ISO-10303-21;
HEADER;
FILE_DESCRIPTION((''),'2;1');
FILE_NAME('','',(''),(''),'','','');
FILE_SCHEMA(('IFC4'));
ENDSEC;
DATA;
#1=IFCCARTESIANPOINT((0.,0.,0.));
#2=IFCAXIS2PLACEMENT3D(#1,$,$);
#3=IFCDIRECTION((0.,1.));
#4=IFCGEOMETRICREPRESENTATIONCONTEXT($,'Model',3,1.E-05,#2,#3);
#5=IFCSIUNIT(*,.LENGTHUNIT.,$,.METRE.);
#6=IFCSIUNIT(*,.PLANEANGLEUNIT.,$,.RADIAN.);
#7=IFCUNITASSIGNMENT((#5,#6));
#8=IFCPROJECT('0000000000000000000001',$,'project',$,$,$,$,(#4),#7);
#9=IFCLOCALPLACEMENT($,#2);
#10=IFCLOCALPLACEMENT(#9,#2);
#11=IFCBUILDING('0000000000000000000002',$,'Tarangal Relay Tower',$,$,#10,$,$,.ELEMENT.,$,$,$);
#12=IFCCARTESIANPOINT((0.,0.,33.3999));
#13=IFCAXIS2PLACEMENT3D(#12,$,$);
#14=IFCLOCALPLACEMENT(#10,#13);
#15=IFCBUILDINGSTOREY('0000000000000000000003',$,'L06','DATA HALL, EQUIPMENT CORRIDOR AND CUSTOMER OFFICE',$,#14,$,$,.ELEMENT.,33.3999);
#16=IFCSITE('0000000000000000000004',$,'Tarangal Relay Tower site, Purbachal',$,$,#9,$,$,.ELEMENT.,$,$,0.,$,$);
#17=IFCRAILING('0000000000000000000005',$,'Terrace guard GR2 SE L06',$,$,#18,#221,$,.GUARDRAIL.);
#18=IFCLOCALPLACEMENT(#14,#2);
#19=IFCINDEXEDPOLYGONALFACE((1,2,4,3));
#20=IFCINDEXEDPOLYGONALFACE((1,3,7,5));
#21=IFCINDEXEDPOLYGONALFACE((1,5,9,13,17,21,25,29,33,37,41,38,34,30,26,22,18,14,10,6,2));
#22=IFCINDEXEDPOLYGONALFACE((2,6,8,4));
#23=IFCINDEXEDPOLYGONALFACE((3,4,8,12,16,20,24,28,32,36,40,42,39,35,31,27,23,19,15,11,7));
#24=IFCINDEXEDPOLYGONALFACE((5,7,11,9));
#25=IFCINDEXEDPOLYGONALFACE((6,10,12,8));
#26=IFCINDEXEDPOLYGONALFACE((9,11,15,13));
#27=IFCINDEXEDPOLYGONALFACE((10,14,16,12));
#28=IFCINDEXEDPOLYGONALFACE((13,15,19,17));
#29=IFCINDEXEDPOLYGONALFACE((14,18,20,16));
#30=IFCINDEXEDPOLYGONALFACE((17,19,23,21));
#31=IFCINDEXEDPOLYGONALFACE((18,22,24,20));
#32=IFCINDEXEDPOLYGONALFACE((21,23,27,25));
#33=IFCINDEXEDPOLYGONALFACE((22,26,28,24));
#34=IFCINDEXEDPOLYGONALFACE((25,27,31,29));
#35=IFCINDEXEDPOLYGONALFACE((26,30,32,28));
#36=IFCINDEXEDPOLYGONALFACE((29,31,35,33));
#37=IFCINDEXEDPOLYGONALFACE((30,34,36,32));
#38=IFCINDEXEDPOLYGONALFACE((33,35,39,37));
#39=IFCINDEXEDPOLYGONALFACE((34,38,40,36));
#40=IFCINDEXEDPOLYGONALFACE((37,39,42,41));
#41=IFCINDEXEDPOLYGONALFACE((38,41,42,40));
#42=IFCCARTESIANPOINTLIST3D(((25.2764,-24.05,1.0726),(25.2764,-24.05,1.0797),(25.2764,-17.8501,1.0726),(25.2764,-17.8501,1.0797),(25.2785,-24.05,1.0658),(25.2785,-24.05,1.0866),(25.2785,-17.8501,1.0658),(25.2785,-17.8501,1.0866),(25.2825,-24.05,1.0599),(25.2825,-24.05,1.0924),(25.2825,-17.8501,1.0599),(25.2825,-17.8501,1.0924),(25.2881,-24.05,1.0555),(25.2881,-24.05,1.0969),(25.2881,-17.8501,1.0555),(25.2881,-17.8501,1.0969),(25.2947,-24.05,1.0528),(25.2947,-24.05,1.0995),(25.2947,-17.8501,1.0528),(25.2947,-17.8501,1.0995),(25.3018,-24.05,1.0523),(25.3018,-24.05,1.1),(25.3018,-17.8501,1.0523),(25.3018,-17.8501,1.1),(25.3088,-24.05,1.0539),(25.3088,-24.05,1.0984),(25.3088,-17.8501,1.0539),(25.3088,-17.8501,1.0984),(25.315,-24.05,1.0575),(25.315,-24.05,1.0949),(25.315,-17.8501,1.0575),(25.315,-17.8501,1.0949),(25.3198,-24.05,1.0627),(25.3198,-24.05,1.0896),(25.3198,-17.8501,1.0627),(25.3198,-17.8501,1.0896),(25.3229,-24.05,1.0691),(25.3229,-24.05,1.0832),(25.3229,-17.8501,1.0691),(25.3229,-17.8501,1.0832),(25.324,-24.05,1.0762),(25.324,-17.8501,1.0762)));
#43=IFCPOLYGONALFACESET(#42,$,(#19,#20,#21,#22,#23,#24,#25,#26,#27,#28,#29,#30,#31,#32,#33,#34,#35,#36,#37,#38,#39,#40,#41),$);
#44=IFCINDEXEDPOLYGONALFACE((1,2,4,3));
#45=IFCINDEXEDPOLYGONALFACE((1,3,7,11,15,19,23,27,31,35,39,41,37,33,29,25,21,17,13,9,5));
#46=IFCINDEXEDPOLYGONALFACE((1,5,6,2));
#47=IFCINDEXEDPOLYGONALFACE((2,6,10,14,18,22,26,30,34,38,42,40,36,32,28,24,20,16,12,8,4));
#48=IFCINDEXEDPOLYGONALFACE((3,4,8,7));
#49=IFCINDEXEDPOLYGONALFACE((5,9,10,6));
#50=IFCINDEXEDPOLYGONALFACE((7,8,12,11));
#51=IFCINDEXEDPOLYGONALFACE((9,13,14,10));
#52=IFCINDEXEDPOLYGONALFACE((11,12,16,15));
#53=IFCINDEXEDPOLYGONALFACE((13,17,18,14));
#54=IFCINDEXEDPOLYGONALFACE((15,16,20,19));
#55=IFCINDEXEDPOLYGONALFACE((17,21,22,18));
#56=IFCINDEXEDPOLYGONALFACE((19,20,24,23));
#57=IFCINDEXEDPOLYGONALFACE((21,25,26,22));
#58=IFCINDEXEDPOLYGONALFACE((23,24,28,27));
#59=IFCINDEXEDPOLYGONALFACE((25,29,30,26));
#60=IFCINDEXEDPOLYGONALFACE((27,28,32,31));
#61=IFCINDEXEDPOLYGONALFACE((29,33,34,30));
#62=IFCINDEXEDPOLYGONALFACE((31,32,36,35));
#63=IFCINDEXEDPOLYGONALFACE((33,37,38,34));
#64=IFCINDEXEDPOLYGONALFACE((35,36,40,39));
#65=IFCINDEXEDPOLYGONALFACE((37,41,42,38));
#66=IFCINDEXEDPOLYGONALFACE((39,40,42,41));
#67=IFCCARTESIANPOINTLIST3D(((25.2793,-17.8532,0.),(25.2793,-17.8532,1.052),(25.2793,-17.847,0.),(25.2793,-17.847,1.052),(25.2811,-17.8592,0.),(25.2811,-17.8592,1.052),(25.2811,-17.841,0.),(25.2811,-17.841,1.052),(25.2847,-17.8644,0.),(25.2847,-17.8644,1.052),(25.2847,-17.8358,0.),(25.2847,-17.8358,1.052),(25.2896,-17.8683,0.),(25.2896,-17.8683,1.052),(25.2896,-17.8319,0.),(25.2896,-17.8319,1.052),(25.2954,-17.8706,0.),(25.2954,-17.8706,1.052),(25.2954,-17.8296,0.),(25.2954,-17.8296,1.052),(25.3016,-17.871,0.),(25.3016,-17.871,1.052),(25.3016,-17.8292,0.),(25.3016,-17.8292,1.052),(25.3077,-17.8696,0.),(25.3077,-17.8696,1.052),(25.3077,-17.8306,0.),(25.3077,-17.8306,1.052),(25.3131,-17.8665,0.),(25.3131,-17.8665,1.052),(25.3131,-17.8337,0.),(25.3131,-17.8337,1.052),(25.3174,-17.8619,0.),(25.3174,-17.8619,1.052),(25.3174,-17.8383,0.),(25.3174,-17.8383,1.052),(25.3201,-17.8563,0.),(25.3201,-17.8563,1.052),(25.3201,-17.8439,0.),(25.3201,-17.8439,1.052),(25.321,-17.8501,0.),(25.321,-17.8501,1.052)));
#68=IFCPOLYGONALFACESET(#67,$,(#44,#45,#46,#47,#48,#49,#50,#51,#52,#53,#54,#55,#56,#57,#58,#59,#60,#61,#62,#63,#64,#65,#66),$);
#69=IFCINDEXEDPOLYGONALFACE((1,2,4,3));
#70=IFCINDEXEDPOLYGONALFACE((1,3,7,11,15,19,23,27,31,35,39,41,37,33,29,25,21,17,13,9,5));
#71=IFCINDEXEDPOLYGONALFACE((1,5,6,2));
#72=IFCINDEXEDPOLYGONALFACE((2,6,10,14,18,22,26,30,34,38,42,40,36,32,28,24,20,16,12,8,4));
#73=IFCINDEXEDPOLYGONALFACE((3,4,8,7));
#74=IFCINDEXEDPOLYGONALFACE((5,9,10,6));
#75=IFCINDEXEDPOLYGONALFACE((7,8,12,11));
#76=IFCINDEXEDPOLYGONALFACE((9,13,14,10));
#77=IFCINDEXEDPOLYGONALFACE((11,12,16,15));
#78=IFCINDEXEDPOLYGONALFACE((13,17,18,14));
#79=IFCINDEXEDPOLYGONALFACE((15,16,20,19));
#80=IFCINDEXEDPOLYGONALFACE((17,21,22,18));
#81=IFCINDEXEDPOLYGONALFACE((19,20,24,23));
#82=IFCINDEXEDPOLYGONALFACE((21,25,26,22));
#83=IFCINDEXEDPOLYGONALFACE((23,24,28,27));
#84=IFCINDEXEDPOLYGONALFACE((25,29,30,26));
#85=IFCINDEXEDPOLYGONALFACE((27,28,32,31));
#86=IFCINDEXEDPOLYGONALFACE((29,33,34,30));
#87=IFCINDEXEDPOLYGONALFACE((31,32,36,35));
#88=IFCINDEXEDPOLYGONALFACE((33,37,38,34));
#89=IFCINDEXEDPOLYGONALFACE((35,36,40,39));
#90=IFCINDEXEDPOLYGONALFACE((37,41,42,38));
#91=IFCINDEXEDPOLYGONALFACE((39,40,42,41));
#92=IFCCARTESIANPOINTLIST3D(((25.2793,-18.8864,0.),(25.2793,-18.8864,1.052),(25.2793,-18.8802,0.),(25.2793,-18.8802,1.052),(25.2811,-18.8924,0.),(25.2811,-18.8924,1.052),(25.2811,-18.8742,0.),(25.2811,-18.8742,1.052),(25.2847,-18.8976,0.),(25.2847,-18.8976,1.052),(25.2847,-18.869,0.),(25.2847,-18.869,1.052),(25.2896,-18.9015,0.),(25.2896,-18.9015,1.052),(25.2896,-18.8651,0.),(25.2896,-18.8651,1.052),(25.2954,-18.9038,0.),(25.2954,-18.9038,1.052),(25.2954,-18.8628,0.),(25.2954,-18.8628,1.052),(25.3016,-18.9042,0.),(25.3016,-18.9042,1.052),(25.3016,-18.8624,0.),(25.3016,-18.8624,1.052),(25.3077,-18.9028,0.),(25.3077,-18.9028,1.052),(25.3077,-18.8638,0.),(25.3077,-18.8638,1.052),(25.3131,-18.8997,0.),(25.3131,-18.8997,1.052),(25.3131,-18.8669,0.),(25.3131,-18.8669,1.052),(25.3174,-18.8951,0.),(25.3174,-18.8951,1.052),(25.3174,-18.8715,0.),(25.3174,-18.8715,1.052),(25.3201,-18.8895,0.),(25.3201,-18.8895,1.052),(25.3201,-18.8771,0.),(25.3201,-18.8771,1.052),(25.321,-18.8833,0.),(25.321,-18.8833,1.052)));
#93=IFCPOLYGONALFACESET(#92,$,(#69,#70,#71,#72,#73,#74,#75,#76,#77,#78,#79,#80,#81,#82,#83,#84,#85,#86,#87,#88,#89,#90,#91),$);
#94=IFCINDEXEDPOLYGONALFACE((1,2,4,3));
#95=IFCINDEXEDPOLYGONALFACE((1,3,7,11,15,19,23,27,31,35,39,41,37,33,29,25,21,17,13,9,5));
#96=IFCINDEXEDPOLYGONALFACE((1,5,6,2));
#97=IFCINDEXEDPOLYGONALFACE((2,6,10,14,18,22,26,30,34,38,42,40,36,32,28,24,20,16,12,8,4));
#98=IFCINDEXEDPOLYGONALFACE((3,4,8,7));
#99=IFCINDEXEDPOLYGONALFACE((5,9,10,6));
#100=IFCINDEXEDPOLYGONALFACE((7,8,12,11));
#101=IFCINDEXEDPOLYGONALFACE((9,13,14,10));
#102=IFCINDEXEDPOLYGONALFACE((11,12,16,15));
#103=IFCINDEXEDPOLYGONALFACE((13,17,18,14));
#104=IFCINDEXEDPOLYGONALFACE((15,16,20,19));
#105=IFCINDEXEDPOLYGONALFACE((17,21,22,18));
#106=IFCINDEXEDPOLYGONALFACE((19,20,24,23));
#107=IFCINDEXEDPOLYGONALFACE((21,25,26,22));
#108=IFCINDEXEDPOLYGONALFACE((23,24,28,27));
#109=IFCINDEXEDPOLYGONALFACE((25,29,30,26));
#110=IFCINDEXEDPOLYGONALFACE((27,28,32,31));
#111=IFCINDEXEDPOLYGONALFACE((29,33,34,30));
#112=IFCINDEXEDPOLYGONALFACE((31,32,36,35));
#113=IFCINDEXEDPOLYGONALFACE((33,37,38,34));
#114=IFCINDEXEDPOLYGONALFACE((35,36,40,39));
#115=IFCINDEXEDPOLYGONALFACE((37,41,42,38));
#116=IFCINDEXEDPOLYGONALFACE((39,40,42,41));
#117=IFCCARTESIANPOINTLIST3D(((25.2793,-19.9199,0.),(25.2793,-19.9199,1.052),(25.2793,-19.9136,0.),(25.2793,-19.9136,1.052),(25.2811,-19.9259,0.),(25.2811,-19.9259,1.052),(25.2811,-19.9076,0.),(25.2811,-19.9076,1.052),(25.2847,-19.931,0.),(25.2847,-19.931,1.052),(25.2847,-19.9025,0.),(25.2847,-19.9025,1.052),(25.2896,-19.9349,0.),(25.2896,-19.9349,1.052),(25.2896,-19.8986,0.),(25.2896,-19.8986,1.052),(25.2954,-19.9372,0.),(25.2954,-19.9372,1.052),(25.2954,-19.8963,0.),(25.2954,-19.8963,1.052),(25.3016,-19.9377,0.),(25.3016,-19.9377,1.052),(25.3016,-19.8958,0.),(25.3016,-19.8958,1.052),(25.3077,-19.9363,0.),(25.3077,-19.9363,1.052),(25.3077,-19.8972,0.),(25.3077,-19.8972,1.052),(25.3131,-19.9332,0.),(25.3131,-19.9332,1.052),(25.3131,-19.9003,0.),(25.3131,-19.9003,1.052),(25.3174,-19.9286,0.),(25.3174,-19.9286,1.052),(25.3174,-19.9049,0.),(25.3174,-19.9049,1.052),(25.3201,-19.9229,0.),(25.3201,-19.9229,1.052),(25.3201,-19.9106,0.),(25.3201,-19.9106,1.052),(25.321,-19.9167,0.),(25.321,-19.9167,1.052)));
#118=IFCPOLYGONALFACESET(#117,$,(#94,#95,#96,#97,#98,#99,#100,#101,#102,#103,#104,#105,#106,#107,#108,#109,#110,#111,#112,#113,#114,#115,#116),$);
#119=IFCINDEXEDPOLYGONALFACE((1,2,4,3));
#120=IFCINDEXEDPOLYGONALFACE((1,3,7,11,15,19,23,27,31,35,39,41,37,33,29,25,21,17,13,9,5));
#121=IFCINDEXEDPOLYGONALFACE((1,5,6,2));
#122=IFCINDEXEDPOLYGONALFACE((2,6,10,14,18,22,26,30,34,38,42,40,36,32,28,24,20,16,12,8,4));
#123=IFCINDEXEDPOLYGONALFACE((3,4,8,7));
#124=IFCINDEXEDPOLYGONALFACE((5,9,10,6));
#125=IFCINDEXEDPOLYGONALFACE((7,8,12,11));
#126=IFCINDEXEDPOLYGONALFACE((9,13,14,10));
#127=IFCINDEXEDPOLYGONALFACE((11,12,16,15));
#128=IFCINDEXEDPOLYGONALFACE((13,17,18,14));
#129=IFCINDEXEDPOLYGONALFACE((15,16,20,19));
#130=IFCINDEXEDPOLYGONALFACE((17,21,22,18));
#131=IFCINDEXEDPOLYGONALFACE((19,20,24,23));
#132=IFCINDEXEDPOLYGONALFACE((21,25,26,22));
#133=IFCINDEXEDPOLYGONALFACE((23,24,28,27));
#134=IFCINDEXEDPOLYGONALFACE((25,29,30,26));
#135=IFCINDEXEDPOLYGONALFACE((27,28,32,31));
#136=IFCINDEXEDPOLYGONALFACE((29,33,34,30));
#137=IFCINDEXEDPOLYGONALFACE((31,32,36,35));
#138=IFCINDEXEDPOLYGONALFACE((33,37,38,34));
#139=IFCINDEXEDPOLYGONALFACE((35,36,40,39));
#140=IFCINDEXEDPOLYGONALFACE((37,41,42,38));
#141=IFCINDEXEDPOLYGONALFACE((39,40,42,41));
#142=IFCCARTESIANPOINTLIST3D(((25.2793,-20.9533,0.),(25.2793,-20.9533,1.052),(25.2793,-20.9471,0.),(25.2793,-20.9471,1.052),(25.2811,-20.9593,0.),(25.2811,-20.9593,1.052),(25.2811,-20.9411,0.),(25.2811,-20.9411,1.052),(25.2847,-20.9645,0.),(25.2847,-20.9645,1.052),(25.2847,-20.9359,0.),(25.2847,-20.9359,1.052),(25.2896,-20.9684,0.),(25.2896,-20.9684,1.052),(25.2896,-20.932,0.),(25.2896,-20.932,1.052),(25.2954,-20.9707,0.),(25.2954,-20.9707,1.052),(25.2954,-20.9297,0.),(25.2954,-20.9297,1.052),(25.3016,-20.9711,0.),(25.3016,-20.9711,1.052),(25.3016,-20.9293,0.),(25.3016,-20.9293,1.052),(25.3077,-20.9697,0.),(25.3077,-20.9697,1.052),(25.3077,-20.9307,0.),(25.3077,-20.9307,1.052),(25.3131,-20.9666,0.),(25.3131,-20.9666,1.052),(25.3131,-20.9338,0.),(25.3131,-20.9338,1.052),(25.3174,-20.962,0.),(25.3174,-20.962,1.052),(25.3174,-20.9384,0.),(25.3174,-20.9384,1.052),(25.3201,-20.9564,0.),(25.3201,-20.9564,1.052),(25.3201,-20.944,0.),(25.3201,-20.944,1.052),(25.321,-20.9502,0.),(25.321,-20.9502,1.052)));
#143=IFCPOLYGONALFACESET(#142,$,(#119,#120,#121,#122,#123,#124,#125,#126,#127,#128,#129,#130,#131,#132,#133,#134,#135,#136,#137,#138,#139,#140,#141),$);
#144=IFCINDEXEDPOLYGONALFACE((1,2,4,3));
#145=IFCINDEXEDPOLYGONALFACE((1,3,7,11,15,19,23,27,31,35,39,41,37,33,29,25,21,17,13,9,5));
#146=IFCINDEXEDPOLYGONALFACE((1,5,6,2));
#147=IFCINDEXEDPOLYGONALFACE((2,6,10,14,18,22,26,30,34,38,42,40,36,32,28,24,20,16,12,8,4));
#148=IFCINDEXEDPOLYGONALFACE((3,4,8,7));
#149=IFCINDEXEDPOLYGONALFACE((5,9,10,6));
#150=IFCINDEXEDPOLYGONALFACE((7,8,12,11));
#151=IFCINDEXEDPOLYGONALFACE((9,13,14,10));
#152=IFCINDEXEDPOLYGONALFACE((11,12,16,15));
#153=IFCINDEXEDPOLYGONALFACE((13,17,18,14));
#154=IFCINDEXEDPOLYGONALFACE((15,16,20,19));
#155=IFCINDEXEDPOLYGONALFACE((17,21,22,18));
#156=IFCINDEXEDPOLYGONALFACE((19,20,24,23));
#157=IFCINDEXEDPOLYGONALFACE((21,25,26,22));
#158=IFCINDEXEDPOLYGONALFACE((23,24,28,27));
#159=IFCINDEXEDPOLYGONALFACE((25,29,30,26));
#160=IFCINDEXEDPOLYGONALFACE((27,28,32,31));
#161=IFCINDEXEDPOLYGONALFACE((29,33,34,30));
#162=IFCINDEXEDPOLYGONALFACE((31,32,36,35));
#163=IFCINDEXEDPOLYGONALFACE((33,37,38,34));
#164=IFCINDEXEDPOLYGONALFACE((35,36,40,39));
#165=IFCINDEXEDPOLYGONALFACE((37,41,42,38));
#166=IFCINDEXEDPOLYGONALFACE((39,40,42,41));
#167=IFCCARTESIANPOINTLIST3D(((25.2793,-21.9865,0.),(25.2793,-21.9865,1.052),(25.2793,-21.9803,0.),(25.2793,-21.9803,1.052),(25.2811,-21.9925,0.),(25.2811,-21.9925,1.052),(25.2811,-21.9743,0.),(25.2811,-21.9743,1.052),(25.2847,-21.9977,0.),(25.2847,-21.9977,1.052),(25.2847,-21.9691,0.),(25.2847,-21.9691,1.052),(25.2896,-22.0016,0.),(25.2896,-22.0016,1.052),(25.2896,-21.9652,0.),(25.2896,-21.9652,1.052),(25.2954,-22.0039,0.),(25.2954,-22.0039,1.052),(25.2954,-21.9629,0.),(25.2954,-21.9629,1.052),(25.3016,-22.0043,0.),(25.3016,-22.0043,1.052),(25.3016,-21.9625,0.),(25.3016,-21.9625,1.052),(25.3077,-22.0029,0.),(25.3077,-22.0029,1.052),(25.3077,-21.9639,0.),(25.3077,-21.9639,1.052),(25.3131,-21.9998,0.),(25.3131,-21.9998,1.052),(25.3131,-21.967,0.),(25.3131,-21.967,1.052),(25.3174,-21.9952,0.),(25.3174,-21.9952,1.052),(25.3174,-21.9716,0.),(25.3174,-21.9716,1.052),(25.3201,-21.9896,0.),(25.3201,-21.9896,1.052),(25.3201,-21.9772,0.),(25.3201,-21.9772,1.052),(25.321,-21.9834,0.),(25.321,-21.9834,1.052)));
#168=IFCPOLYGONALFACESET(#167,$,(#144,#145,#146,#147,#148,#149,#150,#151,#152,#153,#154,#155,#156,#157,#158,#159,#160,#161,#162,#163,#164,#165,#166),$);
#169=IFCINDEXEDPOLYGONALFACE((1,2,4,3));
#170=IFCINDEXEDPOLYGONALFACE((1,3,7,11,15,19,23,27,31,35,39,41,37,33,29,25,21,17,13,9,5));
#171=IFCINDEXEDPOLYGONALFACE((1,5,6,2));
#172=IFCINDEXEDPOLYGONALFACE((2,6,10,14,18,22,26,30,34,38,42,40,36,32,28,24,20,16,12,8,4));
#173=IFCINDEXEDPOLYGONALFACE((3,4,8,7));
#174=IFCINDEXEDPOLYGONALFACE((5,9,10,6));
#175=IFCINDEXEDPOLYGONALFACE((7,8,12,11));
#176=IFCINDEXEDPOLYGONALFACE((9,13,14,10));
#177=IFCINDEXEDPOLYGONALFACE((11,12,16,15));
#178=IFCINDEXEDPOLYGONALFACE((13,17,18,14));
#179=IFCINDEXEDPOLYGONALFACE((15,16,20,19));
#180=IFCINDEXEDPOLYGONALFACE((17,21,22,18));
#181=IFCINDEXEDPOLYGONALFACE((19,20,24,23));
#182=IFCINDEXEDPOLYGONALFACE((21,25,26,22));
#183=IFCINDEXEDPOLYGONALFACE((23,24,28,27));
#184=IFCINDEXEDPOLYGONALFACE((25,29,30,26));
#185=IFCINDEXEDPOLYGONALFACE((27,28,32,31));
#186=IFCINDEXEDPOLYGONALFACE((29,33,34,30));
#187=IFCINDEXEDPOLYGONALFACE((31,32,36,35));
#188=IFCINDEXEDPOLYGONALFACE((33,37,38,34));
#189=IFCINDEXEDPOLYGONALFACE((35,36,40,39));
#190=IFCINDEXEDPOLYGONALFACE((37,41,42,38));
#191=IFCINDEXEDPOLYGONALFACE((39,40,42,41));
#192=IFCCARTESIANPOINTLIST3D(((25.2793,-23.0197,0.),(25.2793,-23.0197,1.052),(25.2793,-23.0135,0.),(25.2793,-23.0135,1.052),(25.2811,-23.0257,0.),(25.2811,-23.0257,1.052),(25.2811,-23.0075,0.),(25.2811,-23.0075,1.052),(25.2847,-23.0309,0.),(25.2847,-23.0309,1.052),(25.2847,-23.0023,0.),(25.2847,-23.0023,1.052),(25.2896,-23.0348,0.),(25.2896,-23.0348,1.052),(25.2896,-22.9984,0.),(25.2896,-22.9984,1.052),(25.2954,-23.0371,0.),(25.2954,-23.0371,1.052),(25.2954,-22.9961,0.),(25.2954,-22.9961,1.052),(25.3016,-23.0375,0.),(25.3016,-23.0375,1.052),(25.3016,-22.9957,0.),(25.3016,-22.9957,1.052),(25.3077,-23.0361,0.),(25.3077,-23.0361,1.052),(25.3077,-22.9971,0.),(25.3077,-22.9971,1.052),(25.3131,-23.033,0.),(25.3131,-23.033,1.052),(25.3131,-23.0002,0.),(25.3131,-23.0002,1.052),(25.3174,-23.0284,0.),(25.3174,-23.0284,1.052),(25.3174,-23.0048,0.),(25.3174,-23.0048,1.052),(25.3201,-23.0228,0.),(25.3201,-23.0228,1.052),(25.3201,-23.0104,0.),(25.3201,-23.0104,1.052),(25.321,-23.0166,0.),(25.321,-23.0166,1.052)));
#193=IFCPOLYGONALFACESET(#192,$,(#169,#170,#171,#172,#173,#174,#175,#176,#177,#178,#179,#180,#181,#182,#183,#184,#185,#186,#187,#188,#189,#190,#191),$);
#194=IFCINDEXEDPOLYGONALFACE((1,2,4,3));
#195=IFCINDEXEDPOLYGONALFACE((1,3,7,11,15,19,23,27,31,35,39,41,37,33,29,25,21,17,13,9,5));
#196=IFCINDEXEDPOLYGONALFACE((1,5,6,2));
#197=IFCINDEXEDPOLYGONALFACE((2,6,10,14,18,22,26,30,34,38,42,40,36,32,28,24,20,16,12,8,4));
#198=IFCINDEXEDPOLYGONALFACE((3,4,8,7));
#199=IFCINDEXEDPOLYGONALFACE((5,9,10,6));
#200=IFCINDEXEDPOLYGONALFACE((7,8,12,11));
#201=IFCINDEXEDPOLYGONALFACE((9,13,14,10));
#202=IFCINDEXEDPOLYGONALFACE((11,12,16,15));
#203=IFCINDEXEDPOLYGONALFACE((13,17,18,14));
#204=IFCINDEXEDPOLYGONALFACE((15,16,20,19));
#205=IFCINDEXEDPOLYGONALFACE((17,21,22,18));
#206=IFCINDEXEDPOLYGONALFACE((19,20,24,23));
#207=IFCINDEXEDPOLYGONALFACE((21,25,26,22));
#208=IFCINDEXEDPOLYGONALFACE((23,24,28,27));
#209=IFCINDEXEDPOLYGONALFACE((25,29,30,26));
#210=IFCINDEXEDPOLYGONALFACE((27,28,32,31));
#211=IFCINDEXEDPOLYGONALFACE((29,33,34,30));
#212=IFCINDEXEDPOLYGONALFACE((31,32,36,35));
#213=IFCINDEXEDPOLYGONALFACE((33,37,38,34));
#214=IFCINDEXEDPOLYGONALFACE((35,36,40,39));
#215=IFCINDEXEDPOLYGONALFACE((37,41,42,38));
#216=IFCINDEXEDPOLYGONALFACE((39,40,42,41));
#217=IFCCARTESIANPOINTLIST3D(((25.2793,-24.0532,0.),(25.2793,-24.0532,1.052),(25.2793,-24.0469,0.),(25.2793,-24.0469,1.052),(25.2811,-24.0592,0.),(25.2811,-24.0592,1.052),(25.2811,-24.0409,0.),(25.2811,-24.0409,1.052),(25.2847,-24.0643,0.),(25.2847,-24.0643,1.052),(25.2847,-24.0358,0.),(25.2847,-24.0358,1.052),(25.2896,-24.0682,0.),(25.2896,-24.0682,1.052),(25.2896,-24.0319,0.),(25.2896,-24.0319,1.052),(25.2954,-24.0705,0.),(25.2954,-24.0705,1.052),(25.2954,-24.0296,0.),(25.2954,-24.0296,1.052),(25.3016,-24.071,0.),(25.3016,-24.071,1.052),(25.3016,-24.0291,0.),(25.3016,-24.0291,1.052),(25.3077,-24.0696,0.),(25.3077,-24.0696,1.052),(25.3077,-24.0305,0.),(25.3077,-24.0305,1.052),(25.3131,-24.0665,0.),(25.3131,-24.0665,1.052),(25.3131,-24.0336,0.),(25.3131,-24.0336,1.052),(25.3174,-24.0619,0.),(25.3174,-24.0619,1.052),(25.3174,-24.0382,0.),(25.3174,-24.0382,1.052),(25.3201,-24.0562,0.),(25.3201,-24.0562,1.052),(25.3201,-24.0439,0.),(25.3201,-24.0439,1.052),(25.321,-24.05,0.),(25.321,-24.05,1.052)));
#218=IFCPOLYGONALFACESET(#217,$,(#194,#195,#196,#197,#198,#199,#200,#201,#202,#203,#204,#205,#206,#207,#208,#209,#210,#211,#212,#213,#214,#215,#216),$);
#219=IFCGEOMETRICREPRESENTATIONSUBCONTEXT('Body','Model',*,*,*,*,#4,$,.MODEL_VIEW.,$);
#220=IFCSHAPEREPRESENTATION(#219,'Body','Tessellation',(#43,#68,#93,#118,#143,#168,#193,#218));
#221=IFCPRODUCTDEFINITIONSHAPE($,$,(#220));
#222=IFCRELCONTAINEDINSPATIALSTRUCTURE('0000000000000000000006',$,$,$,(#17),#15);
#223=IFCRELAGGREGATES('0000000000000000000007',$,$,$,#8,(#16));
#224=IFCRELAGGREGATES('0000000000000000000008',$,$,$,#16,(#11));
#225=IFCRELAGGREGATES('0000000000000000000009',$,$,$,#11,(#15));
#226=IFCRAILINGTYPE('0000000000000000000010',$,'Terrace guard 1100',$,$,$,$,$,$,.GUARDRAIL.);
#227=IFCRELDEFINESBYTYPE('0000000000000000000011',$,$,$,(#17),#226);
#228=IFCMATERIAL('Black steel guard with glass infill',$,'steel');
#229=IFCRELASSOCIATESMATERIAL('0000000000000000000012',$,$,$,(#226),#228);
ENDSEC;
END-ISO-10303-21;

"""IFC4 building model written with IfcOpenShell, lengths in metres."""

from ifc_helpers import new_model, si_unit, direction, frame, origin, origin_2d, place, context, subcontext, project, spatial, circle, extrude, material, type_object, element, save


model = new_model("IFC4")

# Units and contexts
model_context = context("Model", 3, precision=1e-05, world=origin(), true_north=direction((0.0, 1.0)))
body_context = subcontext(model_context, "Body", "Model", "MODEL_VIEW")
ifc_project = project(units=[si_unit("LENGTHUNIT", "METRE"), si_unit("PLANEANGLEUNIT", "RADIAN")], contexts=[model_context])

# Site, building, storey
site_placement = place(None, origin())
site = spatial("IfcSite", under=ifc_project, at=site_placement, Name="Tarangal Relay Tower site, Purbachal", CompositionType="ELEMENT", RefElevation=0.0)
building_placement = place(site_placement, origin())
building = spatial("IfcBuilding", under=site, at=building_placement, Name="Tarangal Relay Tower", CompositionType="ELEMENT")
storey_placement = place(building_placement, frame((0.0, 0.0, 33.3999)))
storey = spatial("IfcBuildingStorey", under=building, at=storey_placement, Name="L06", Description="DATA HALL, EQUIPMENT CORRIDOR AND CUSTOMER OFFICE", CompositionType="ELEMENT", Elevation=33.3999)

# Railing
ifc_material_1 = material(Name="Black steel guard with glass infill", Category="steel")
railing_type = type_object("IfcRailingType", Name="Terrace guard 1100", PredefinedType="GUARDRAIL", material=ifc_material_1)
railing_1_placement = place(storey_placement, frame((25.3, -17.8501, 0.0)))
element("IfcRailing", 1, at=railing_1_placement, inside=storey, type_object=railing_type, Name="Terrace guard GR2 SE L06", PredefinedType="GUARDRAIL", context=body_context, shape_type="SweptSolid", body=[
    extrude(circle(Radius=0.0239, at=origin_2d()), frame((0.0, 0.0, 1.0762), z_axis=(0.0, -1.0, 0.0), x_axis=(1.0, 0.0, 0.0)), (0.0, 0.0, 1.0), 6.2),
    extrude(circle(Radius=0.021, at=origin_2d()), origin(), (0.0, 0.0, 1.0), 1.052),
    extrude(circle(Radius=0.021, at=origin_2d()), frame((0.0, -1.0332, 0.0)), (0.0, 0.0, 1.0), 1.052),
    extrude(circle(Radius=0.021, at=origin_2d()), frame((0.0, -2.0667, 0.0)), (0.0, 0.0, 1.0), 1.052),
    extrude(circle(Radius=0.021, at=origin_2d()), frame((0.0, -3.1001, 0.0)), (0.0, 0.0, 1.0), 1.052),
    extrude(circle(Radius=0.021, at=origin_2d()), frame((0.0, -4.1333, 0.0)), (0.0, 0.0, 1.0), 1.052),
    extrude(circle(Radius=0.021, at=origin_2d()), frame((0.0, -5.1665, 0.0)), (0.0, 0.0, 1.0), 1.052),
    extrude(circle(Radius=0.021, at=origin_2d()), frame((0.0, -6.2, 0.0)), (0.0, 0.0, 1.0), 1.052),
])

save(model, "model.ifc")
